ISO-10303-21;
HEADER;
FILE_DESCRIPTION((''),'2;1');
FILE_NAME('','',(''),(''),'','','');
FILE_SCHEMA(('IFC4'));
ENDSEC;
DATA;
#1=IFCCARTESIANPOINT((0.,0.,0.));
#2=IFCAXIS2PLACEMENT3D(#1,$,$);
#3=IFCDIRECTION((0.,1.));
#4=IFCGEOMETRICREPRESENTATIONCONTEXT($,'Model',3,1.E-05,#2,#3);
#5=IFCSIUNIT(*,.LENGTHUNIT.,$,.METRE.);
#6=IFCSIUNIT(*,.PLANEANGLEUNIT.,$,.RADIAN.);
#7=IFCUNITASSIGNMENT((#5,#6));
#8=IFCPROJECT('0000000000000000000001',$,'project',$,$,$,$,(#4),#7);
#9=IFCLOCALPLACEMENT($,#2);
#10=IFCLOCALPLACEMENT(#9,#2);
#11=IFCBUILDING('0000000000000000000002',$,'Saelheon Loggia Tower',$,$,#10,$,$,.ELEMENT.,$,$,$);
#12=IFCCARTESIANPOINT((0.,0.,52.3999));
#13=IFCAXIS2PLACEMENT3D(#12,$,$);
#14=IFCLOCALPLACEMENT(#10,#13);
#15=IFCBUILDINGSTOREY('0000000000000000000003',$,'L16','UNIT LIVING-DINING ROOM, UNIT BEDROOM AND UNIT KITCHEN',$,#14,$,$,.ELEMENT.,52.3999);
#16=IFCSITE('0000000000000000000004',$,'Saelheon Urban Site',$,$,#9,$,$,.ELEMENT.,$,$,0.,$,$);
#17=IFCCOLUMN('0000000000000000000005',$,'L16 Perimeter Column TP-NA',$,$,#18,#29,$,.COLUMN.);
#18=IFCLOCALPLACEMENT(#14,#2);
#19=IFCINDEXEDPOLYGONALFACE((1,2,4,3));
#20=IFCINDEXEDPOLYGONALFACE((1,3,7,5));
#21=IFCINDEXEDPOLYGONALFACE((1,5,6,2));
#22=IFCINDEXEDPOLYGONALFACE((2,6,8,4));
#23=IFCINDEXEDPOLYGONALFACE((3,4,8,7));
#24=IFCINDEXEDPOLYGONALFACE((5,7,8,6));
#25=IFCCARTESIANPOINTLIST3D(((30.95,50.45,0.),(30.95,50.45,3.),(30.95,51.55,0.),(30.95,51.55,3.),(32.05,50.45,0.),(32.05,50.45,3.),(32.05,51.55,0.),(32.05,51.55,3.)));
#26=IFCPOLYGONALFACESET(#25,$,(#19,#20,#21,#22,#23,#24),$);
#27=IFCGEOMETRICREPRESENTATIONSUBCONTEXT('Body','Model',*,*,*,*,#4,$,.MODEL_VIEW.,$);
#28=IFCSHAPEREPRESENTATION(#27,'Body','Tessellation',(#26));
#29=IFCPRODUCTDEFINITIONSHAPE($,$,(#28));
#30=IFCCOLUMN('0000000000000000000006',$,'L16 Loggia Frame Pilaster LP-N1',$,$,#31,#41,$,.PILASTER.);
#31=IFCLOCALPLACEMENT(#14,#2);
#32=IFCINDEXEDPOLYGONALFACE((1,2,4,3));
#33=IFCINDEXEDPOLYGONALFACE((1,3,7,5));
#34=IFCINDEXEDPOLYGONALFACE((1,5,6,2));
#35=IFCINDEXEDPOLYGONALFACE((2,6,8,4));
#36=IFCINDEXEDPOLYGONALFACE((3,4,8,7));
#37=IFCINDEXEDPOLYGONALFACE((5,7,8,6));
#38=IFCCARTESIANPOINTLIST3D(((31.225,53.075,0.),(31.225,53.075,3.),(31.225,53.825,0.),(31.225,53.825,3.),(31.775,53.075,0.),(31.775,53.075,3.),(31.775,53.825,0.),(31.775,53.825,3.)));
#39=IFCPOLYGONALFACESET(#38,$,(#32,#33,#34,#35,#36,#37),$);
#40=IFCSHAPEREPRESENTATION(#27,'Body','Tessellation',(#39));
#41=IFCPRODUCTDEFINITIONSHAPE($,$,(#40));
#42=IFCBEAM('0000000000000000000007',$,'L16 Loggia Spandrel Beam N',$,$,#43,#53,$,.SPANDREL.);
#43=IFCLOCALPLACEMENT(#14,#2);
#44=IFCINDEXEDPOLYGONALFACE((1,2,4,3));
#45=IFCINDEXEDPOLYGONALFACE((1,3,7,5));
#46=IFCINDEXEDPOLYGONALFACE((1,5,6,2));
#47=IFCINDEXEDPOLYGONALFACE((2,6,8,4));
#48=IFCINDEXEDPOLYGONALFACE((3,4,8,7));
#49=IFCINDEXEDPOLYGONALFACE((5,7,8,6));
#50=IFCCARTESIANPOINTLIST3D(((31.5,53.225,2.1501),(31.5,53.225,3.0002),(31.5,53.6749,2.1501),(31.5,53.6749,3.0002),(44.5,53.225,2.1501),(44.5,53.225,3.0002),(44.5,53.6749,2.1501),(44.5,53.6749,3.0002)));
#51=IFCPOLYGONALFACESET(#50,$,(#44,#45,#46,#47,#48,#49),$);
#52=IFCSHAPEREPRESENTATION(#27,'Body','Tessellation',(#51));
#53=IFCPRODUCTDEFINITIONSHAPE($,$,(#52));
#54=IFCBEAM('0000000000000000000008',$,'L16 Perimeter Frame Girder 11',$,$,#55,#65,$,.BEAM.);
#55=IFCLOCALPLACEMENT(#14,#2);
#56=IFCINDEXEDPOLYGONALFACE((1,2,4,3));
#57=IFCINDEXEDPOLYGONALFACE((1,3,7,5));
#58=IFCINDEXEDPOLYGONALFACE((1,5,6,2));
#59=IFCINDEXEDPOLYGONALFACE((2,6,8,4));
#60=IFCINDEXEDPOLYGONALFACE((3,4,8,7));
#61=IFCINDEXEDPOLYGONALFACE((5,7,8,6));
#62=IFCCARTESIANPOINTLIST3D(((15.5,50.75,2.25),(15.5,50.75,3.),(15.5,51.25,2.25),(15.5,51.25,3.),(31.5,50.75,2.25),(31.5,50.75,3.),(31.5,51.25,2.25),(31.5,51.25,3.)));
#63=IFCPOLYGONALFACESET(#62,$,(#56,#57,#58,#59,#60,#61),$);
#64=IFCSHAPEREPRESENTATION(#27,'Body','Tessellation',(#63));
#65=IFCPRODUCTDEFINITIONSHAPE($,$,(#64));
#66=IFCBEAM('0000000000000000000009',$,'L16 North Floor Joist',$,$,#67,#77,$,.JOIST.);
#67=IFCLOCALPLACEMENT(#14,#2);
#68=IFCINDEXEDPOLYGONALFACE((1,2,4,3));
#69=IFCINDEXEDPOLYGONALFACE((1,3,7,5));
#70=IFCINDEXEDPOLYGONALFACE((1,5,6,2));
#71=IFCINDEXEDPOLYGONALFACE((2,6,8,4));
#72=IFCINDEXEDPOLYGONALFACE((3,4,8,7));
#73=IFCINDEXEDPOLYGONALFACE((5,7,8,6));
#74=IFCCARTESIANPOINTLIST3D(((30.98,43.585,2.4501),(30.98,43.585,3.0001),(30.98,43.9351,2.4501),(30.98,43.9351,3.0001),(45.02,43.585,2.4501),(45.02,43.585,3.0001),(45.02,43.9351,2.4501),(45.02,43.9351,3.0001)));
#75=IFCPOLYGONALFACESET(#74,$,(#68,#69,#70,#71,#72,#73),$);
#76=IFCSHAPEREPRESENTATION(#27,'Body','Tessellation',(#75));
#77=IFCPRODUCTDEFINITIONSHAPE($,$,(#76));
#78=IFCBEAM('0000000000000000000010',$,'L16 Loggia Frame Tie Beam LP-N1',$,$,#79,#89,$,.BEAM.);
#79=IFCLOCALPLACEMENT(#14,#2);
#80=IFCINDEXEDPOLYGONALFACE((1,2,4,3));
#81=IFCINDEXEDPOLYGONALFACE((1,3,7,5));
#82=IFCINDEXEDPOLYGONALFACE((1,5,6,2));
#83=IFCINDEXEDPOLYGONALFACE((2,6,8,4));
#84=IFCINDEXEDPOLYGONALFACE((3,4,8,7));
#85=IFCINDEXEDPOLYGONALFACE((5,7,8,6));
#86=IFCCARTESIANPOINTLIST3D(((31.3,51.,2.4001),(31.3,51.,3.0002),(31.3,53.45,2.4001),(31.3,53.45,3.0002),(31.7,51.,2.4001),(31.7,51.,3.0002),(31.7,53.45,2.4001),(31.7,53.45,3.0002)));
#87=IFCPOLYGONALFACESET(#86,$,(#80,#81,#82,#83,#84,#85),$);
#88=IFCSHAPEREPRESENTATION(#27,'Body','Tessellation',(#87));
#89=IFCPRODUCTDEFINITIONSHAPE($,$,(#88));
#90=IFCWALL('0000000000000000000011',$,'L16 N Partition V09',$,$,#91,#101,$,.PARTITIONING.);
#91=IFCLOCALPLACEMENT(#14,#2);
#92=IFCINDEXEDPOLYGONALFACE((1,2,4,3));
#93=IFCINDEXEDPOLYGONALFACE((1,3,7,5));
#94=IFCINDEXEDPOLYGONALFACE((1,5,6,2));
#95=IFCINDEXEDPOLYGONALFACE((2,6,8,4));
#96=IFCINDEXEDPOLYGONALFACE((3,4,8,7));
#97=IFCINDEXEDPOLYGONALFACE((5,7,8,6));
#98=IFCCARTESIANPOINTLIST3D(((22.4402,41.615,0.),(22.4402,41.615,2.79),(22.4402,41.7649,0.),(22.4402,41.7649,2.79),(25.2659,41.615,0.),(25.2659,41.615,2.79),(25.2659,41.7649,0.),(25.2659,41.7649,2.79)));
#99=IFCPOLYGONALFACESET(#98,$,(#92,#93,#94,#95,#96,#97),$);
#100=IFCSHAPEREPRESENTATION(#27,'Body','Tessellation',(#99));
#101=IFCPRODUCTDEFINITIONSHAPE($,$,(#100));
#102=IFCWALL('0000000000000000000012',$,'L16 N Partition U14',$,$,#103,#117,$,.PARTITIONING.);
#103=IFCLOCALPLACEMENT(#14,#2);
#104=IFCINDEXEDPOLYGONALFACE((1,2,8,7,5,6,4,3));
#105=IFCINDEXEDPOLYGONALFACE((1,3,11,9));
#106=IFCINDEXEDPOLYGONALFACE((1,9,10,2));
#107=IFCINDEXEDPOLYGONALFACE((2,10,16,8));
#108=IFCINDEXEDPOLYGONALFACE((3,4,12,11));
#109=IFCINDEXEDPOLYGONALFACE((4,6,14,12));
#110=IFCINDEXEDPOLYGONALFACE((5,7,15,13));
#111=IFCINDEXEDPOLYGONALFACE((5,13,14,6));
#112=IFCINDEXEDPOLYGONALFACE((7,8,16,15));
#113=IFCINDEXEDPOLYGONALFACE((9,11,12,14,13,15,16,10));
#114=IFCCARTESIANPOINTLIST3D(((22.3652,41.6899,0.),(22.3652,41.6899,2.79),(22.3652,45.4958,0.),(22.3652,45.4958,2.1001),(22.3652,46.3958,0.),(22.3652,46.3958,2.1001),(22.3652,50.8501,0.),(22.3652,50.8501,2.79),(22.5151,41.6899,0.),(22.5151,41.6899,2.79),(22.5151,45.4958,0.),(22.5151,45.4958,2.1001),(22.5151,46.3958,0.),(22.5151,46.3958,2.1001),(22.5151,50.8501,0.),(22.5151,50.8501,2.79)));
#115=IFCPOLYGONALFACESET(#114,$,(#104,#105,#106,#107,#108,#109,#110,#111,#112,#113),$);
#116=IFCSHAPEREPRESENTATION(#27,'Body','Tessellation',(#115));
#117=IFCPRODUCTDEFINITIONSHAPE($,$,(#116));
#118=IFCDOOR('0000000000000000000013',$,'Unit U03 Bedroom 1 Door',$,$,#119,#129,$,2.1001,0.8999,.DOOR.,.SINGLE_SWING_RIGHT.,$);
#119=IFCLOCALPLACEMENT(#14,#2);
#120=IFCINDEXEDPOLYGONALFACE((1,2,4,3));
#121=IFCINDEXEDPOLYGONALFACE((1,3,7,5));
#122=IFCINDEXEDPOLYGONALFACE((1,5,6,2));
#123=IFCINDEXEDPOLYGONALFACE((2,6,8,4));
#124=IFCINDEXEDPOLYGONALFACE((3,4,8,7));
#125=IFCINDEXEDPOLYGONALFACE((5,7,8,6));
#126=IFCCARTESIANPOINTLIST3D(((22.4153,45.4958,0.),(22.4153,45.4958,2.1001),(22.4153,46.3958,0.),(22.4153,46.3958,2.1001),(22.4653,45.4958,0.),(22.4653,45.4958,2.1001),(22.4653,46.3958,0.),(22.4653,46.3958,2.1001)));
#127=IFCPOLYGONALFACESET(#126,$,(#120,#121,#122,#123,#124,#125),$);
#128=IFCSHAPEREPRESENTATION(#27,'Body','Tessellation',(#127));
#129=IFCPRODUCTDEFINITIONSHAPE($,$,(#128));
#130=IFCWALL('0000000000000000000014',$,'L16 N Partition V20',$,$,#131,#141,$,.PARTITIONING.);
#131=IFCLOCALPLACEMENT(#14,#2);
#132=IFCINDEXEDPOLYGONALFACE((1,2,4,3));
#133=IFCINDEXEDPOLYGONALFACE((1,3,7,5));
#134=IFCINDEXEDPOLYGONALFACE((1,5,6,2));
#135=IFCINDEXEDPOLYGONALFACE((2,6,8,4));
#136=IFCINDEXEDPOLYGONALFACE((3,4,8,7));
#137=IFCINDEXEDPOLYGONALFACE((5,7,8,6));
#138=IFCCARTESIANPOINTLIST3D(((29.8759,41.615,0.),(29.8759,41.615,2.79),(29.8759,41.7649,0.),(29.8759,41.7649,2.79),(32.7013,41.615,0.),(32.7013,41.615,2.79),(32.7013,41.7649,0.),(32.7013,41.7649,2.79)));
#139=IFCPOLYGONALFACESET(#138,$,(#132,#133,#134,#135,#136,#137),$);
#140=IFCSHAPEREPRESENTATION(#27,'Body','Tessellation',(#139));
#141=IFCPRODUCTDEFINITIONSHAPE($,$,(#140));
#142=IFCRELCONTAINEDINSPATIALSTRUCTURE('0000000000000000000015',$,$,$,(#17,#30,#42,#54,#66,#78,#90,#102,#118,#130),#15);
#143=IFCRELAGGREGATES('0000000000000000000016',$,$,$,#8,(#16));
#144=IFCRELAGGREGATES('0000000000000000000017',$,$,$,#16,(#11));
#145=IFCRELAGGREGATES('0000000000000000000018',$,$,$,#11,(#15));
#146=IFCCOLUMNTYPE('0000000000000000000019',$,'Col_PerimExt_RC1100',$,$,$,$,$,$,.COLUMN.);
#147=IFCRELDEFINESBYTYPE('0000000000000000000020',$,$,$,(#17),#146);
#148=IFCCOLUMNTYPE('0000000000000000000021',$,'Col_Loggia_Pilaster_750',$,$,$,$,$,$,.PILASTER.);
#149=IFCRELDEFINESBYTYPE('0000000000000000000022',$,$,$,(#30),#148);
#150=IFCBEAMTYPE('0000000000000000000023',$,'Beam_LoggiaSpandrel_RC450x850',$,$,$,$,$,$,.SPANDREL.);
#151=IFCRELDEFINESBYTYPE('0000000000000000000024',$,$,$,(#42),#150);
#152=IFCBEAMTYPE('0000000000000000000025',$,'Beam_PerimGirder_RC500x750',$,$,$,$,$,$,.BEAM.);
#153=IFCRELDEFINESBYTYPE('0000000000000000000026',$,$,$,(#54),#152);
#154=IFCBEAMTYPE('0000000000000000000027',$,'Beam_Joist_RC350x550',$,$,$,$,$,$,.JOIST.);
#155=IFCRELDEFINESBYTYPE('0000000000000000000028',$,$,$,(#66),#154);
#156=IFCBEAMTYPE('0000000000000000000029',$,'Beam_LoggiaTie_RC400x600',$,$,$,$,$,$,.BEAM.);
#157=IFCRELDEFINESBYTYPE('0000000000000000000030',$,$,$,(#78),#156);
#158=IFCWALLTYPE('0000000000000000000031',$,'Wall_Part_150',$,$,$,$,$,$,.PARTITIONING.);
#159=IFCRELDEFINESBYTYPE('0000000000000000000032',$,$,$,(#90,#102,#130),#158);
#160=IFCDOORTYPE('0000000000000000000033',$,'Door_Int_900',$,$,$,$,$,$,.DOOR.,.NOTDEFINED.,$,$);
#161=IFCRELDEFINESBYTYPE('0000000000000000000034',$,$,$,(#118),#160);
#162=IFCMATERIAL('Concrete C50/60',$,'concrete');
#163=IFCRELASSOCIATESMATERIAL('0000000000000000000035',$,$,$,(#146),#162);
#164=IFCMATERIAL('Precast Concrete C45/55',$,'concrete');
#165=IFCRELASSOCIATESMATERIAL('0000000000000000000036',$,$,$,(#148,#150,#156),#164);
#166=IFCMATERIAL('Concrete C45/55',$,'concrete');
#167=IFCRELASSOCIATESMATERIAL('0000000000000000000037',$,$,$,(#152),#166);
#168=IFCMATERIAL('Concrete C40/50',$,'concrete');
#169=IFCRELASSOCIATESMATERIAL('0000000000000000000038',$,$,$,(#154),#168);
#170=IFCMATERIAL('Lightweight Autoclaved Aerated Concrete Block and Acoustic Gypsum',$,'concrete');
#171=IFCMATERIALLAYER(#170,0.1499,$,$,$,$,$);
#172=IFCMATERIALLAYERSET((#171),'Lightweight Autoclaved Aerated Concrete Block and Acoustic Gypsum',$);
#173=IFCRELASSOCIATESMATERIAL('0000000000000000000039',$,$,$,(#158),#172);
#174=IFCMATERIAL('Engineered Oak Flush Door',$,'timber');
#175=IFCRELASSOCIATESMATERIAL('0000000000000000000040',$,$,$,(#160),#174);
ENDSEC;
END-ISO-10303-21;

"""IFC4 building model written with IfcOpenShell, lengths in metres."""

from ifc_helpers import new_model, si_unit, direction, frame, frame_2d, origin, origin_2d, place, context, subcontext, project, spatial, rectangle, extrude, source, transform, mapped, material, layer, layer_set, material_profile, profile_set, type_object, element, fill, save


model = new_model("IFC4")

# Units and contexts
model_context = context("Model", 3, precision=1e-05, world=origin(), true_north=direction((0.0, 1.0)))
body_context = subcontext(model_context, "Body", "Model", "MODEL_VIEW")
ifc_project = project(units=[si_unit("LENGTHUNIT", "METRE"), si_unit("PLANEANGLEUNIT", "RADIAN")], contexts=[model_context])

# Site, building, storey
site_placement = place(None, origin())
site = spatial("IfcSite", under=ifc_project, at=site_placement, Name="Saelheon Urban Site", CompositionType="ELEMENT", RefElevation=0.0)
building_placement = place(site_placement, origin())
building = spatial("IfcBuilding", under=site, at=building_placement, Name="Saelheon Loggia Tower", CompositionType="ELEMENT")
storey_placement = place(building_placement, frame((0.0, 0.0, 52.3999)))
storey = spatial("IfcBuildingStorey", under=building, at=storey_placement, Name="L16", Description="UNIT LIVING-DINING ROOM, UNIT BEDROOM AND UNIT KITCHEN", CompositionType="ELEMENT", Elevation=52.3999)

# Columns
ifc_material_1 = material(Name="Concrete C50/60", Category="concrete")
ifc_material_profile_1 = material_profile(ifc_material_1, rectangle(XDim=1.1001, YDim=1.1001, at=origin_2d()), Name="RC-1100x1100")
ifc_profile_set_1 = profile_set([ifc_material_profile_1], Name="Concrete C50/60")
column_type_1 = type_object("IfcColumnType", Name="Col_PerimExt_RC1100", PredefinedType="COLUMN", material=ifc_profile_set_1)
shared_shape_1 = source(origin(), body_context, "Body", "SweptSolid", [
    extrude(rectangle(XDim=1.1001, YDim=1.1001, at=origin_2d()), origin(), (0.0, 0.0, 1.0), 3.0),
])
column_1_placement = place(storey_placement, frame((31.5, 51.0, 0.0), z_axis=(0.0, 0.0, 1.0), x_axis=(1.0, 0.0, 0.0)))
element("IfcColumn", 1, at=column_1_placement, inside=storey, type_object=column_type_1, Name="L16 Perimeter Column TP-NA", PredefinedType="COLUMN", context=body_context, shape_type="MappedRepresentation", body=[
    mapped(shared_shape_1, transform((0.0, 0.0, 0.0), scale=1.0)),
])
ifc_material_2 = material(Name="Precast Concrete C45/55", Category="concrete")
ifc_material_profile_2 = material_profile(ifc_material_2, rectangle(XDim=0.55, YDim=0.75, at=origin_2d()), Name="RC-550x750")
ifc_profile_set_2 = profile_set([ifc_material_profile_2], Name="Precast Concrete C45/55")
column_type_2 = type_object("IfcColumnType", Name="Col_Loggia_Pilaster_750", PredefinedType="PILASTER", material=ifc_profile_set_2)
shared_shape_2 = source(origin(), body_context, "Body", "SweptSolid", [
    extrude(rectangle(XDim=0.55, YDim=0.75, at=origin_2d()), origin(), (0.0, 0.0, 1.0), 3.0),
])
column_2_placement = place(storey_placement, frame((31.5, 53.45, 0.0), z_axis=(0.0, 0.0, 1.0), x_axis=(1.0, 0.0, 0.0)))
element("IfcColumn", 2, at=column_2_placement, inside=storey, type_object=column_type_2, Name="L16 Loggia Frame Pilaster LP-N1", PredefinedType="PILASTER", context=body_context, shape_type="MappedRepresentation", body=[
    mapped(shared_shape_2, transform((0.0, 0.0, 0.0), scale=1.0)),
])

# Beams
ifc_material_profile_3 = material_profile(ifc_material_2, rectangle(XDim=0.45, YDim=0.8501, at=origin_2d()), Name="RC-450x850")
ifc_profile_set_3 = profile_set([ifc_material_profile_3], Name="Precast Concrete C45/55")
beam_type_1 = type_object("IfcBeamType", Name="Beam_LoggiaSpandrel_RC450x850", PredefinedType="SPANDREL", material=ifc_profile_set_3)
shared_shape_3 = source(origin(), body_context, "Body", "SweptSolid", [
    extrude(rectangle(XDim=0.45, YDim=0.8501, at=origin_2d()), origin(), (0.0, 0.0, 1.0), 13.0),
])
beam_1_placement = place(storey_placement, frame((31.5, 53.45, 2.5752), z_axis=(1.0, 0.0, 0.0), x_axis=(0.0, 1.0, 0.0)))
element("IfcBeam", 3, at=beam_1_placement, inside=storey, type_object=beam_type_1, Name="L16 Loggia Spandrel Beam N", PredefinedType="SPANDREL", context=body_context, shape_type="MappedRepresentation", body=[
    mapped(shared_shape_3, transform((0.0, 0.0, 0.0), scale=1.0)),
])
ifc_material_3 = material(Name="Concrete C45/55", Category="concrete")
ifc_material_profile_4 = material_profile(ifc_material_3, rectangle(XDim=0.5, YDim=0.75, at=origin_2d()), Name="RC-500x750")
ifc_profile_set_4 = profile_set([ifc_material_profile_4], Name="Concrete C45/55")
beam_type_2 = type_object("IfcBeamType", Name="Beam_PerimGirder_RC500x750", PredefinedType="BEAM", material=ifc_profile_set_4)
shared_shape_4 = source(origin(), body_context, "Body", "SweptSolid", [
    extrude(rectangle(XDim=0.5, YDim=0.75, at=origin_2d()), origin(), (0.0, 0.0, 1.0), 16.0),
])
beam_2_placement = place(storey_placement, frame((31.5, 51.0, 2.625), z_axis=(-1.0, 0.0, 0.0), x_axis=(0.0, -1.0, 0.0)))
element("IfcBeam", 4, at=beam_2_placement, inside=storey, type_object=beam_type_2, Name="L16 Perimeter Frame Girder 11", PredefinedType="BEAM", context=body_context, shape_type="MappedRepresentation", body=[
    mapped(shared_shape_4, transform((0.0, 0.0, 0.0), scale=1.0)),
])
ifc_material_4 = material(Name="Concrete C40/50", Category="concrete")
ifc_material_profile_5 = material_profile(ifc_material_4, rectangle(XDim=0.3501, YDim=0.55, at=origin_2d()), Name="RC-350x550")
ifc_profile_set_5 = profile_set([ifc_material_profile_5], Name="Concrete C40/50")
beam_type_3 = type_object("IfcBeamType", Name="Beam_Joist_RC350x550", PredefinedType="JOIST", material=ifc_profile_set_5)
shared_shape_5 = source(origin(), body_context, "Body", "SweptSolid", [
    extrude(rectangle(XDim=0.3501, YDim=0.55, at=origin_2d()), origin(), (0.0, 0.0, 1.0), 14.04),
])
beam_3_placement = place(storey_placement, frame((30.98, 43.76, 2.7251), z_axis=(1.0, 0.0, 0.0), x_axis=(0.0, 1.0, 0.0)))
element("IfcBeam", 5, at=beam_3_placement, inside=storey, type_object=beam_type_3, Name="L16 North Floor Joist", PredefinedType="JOIST", context=body_context, shape_type="MappedRepresentation", body=[
    mapped(shared_shape_5, transform((0.0, 0.0, 0.0), scale=1.0)),
])
ifc_material_profile_6 = material_profile(ifc_material_2, rectangle(XDim=0.3999, YDim=0.6001, at=origin_2d()), Name="RC-400x600")
ifc_profile_set_6 = profile_set([ifc_material_profile_6], Name="Precast Concrete C45/55")
beam_type_4 = type_object("IfcBeamType", Name="Beam_LoggiaTie_RC400x600", PredefinedType="BEAM", material=ifc_profile_set_6)
shared_shape_6 = source(origin(), body_context, "Body", "SweptSolid", [
    extrude(rectangle(XDim=0.3999, YDim=0.6001, at=origin_2d()), origin(), (0.0, 0.0, 1.0), 2.45),
])
beam_4_placement = place(storey_placement, frame((31.5, 51.0, 2.7002), z_axis=(0.0, 1.0, 0.0), x_axis=(-1.0, 0.0, 0.0)))
element("IfcBeam", 6, at=beam_4_placement, inside=storey, type_object=beam_type_4, Name="L16 Loggia Frame Tie Beam LP-N1", PredefinedType="BEAM", context=body_context, shape_type="MappedRepresentation", body=[
    mapped(shared_shape_6, transform((0.0, 0.0, 0.0), scale=1.0)),
])

# Wall
ifc_material_5 = material(Name="Lightweight Autoclaved Aerated Concrete Block and Acoustic Gypsum", Category="concrete")
ifc_layer_1 = layer(ifc_material_5, 0.1499)
ifc_layer_set_1 = layer_set([ifc_layer_1], Name="Lightweight Autoclaved Aerated Concrete Block and Acoustic Gypsum")
wall_type_1 = type_object("IfcWallType", Name="Wall_Part_150", PredefinedType="PARTITIONING", material=ifc_layer_set_1)
wall_1_placement = place(storey_placement, frame((22.4402, 41.6899, 0.0), z_axis=(0.0, 0.0, 1.0), x_axis=(1.0, 0.0, 0.0)))
element("IfcWall", 7, at=wall_1_placement, inside=storey, type_object=wall_type_1, Name="L16 N Partition V09", PredefinedType="PARTITIONING", context=body_context, shape_type="SweptSolid", body=[
    extrude(rectangle(XDim=2.8257, YDim=0.1499, at=frame_2d((1.4128, 0.0))), origin(), (0.0, 0.0, 1.0), 2.79),
])

# Wall, opening, door
wall_2_placement = place(storey_placement, frame((22.4402, 41.6899, 0.0), z_axis=(0.0, 0.0, 1.0), x_axis=(0.0, 1.0, 0.0)))
wall_2 = element("IfcWall", 8, at=wall_2_placement, inside=storey, type_object=wall_type_1, Name="L16 N Partition U14", PredefinedType="PARTITIONING", context=body_context, shape_type="SweptSolid", body=[
    extrude(rectangle(XDim=9.1602, YDim=0.1499, at=frame_2d((4.5801, 0.0))), origin(), (0.0, 0.0, 1.0), 2.79),
])
opening_1_placement = place(wall_2_placement, frame((3.8059, 0.0, 0.0)))
opening_1 = element("IfcOpeningElement", 9, at=opening_1_placement, cuts=wall_2, PredefinedType="OPENING", context=body_context, shape_type="SweptSolid", body=[
    extrude(rectangle(XDim=0.8999, YDim=2.1001, at=frame_2d((0.45, 1.05))), frame((0.0, 0.0869, 0.0), z_axis=(0.0, -1.0, 0.0), x_axis=(1.0, 0.0, 0.0)), (0.0, 0.0, 1.0), 0.1738),
])
ifc_material_6 = material(Name="Engineered Oak Flush Door", Category="timber")
door_type = type_object("IfcDoorType", Name="Door_Int_900", OperationType="NOTDEFINED", PredefinedType="DOOR", material=ifc_material_6)
shared_shape_7 = source(origin(), body_context, "Body", "SweptSolid", [
    extrude(rectangle(XDim=0.8999, YDim=2.1001, at=frame_2d((0.45, 1.05))), frame((0.0, 0.0249, 0.0), z_axis=(0.0, -1.0, 0.0), x_axis=(1.0, 0.0, 0.0)), (0.0, 0.0, 1.0), 0.05),
])
door_1_placement = place(opening_1_placement, origin())
door_1 = element("IfcDoor", 10, at=door_1_placement, inside=storey, type_object=door_type, Name="Unit U03 Bedroom 1 Door", OperationType="SINGLE_SWING_RIGHT", OverallHeight=2.1001, OverallWidth=0.8999, PredefinedType="DOOR", context=body_context, shape_type="MappedRepresentation", body=[
    mapped(shared_shape_7, transform((0.0, 0.0, 0.0), scale=1.0)),
])
fill(opening_1, door_1)

# Wall
wall_3_placement = place(storey_placement, frame((29.876, 41.6899, 0.0), z_axis=(0.0, 0.0, 1.0), x_axis=(1.0, 0.0, 0.0)))
element("IfcWall", 11, at=wall_3_placement, inside=storey, type_object=wall_type_1, Name="L16 N Partition V20", PredefinedType="PARTITIONING", context=body_context, shape_type="SweptSolid", body=[
    extrude(rectangle(XDim=2.8254, YDim=0.1499, at=frame_2d((1.4126, 0.0))), origin(), (0.0, 0.0, 1.0), 2.79),
])

save(model, "model.ifc")
